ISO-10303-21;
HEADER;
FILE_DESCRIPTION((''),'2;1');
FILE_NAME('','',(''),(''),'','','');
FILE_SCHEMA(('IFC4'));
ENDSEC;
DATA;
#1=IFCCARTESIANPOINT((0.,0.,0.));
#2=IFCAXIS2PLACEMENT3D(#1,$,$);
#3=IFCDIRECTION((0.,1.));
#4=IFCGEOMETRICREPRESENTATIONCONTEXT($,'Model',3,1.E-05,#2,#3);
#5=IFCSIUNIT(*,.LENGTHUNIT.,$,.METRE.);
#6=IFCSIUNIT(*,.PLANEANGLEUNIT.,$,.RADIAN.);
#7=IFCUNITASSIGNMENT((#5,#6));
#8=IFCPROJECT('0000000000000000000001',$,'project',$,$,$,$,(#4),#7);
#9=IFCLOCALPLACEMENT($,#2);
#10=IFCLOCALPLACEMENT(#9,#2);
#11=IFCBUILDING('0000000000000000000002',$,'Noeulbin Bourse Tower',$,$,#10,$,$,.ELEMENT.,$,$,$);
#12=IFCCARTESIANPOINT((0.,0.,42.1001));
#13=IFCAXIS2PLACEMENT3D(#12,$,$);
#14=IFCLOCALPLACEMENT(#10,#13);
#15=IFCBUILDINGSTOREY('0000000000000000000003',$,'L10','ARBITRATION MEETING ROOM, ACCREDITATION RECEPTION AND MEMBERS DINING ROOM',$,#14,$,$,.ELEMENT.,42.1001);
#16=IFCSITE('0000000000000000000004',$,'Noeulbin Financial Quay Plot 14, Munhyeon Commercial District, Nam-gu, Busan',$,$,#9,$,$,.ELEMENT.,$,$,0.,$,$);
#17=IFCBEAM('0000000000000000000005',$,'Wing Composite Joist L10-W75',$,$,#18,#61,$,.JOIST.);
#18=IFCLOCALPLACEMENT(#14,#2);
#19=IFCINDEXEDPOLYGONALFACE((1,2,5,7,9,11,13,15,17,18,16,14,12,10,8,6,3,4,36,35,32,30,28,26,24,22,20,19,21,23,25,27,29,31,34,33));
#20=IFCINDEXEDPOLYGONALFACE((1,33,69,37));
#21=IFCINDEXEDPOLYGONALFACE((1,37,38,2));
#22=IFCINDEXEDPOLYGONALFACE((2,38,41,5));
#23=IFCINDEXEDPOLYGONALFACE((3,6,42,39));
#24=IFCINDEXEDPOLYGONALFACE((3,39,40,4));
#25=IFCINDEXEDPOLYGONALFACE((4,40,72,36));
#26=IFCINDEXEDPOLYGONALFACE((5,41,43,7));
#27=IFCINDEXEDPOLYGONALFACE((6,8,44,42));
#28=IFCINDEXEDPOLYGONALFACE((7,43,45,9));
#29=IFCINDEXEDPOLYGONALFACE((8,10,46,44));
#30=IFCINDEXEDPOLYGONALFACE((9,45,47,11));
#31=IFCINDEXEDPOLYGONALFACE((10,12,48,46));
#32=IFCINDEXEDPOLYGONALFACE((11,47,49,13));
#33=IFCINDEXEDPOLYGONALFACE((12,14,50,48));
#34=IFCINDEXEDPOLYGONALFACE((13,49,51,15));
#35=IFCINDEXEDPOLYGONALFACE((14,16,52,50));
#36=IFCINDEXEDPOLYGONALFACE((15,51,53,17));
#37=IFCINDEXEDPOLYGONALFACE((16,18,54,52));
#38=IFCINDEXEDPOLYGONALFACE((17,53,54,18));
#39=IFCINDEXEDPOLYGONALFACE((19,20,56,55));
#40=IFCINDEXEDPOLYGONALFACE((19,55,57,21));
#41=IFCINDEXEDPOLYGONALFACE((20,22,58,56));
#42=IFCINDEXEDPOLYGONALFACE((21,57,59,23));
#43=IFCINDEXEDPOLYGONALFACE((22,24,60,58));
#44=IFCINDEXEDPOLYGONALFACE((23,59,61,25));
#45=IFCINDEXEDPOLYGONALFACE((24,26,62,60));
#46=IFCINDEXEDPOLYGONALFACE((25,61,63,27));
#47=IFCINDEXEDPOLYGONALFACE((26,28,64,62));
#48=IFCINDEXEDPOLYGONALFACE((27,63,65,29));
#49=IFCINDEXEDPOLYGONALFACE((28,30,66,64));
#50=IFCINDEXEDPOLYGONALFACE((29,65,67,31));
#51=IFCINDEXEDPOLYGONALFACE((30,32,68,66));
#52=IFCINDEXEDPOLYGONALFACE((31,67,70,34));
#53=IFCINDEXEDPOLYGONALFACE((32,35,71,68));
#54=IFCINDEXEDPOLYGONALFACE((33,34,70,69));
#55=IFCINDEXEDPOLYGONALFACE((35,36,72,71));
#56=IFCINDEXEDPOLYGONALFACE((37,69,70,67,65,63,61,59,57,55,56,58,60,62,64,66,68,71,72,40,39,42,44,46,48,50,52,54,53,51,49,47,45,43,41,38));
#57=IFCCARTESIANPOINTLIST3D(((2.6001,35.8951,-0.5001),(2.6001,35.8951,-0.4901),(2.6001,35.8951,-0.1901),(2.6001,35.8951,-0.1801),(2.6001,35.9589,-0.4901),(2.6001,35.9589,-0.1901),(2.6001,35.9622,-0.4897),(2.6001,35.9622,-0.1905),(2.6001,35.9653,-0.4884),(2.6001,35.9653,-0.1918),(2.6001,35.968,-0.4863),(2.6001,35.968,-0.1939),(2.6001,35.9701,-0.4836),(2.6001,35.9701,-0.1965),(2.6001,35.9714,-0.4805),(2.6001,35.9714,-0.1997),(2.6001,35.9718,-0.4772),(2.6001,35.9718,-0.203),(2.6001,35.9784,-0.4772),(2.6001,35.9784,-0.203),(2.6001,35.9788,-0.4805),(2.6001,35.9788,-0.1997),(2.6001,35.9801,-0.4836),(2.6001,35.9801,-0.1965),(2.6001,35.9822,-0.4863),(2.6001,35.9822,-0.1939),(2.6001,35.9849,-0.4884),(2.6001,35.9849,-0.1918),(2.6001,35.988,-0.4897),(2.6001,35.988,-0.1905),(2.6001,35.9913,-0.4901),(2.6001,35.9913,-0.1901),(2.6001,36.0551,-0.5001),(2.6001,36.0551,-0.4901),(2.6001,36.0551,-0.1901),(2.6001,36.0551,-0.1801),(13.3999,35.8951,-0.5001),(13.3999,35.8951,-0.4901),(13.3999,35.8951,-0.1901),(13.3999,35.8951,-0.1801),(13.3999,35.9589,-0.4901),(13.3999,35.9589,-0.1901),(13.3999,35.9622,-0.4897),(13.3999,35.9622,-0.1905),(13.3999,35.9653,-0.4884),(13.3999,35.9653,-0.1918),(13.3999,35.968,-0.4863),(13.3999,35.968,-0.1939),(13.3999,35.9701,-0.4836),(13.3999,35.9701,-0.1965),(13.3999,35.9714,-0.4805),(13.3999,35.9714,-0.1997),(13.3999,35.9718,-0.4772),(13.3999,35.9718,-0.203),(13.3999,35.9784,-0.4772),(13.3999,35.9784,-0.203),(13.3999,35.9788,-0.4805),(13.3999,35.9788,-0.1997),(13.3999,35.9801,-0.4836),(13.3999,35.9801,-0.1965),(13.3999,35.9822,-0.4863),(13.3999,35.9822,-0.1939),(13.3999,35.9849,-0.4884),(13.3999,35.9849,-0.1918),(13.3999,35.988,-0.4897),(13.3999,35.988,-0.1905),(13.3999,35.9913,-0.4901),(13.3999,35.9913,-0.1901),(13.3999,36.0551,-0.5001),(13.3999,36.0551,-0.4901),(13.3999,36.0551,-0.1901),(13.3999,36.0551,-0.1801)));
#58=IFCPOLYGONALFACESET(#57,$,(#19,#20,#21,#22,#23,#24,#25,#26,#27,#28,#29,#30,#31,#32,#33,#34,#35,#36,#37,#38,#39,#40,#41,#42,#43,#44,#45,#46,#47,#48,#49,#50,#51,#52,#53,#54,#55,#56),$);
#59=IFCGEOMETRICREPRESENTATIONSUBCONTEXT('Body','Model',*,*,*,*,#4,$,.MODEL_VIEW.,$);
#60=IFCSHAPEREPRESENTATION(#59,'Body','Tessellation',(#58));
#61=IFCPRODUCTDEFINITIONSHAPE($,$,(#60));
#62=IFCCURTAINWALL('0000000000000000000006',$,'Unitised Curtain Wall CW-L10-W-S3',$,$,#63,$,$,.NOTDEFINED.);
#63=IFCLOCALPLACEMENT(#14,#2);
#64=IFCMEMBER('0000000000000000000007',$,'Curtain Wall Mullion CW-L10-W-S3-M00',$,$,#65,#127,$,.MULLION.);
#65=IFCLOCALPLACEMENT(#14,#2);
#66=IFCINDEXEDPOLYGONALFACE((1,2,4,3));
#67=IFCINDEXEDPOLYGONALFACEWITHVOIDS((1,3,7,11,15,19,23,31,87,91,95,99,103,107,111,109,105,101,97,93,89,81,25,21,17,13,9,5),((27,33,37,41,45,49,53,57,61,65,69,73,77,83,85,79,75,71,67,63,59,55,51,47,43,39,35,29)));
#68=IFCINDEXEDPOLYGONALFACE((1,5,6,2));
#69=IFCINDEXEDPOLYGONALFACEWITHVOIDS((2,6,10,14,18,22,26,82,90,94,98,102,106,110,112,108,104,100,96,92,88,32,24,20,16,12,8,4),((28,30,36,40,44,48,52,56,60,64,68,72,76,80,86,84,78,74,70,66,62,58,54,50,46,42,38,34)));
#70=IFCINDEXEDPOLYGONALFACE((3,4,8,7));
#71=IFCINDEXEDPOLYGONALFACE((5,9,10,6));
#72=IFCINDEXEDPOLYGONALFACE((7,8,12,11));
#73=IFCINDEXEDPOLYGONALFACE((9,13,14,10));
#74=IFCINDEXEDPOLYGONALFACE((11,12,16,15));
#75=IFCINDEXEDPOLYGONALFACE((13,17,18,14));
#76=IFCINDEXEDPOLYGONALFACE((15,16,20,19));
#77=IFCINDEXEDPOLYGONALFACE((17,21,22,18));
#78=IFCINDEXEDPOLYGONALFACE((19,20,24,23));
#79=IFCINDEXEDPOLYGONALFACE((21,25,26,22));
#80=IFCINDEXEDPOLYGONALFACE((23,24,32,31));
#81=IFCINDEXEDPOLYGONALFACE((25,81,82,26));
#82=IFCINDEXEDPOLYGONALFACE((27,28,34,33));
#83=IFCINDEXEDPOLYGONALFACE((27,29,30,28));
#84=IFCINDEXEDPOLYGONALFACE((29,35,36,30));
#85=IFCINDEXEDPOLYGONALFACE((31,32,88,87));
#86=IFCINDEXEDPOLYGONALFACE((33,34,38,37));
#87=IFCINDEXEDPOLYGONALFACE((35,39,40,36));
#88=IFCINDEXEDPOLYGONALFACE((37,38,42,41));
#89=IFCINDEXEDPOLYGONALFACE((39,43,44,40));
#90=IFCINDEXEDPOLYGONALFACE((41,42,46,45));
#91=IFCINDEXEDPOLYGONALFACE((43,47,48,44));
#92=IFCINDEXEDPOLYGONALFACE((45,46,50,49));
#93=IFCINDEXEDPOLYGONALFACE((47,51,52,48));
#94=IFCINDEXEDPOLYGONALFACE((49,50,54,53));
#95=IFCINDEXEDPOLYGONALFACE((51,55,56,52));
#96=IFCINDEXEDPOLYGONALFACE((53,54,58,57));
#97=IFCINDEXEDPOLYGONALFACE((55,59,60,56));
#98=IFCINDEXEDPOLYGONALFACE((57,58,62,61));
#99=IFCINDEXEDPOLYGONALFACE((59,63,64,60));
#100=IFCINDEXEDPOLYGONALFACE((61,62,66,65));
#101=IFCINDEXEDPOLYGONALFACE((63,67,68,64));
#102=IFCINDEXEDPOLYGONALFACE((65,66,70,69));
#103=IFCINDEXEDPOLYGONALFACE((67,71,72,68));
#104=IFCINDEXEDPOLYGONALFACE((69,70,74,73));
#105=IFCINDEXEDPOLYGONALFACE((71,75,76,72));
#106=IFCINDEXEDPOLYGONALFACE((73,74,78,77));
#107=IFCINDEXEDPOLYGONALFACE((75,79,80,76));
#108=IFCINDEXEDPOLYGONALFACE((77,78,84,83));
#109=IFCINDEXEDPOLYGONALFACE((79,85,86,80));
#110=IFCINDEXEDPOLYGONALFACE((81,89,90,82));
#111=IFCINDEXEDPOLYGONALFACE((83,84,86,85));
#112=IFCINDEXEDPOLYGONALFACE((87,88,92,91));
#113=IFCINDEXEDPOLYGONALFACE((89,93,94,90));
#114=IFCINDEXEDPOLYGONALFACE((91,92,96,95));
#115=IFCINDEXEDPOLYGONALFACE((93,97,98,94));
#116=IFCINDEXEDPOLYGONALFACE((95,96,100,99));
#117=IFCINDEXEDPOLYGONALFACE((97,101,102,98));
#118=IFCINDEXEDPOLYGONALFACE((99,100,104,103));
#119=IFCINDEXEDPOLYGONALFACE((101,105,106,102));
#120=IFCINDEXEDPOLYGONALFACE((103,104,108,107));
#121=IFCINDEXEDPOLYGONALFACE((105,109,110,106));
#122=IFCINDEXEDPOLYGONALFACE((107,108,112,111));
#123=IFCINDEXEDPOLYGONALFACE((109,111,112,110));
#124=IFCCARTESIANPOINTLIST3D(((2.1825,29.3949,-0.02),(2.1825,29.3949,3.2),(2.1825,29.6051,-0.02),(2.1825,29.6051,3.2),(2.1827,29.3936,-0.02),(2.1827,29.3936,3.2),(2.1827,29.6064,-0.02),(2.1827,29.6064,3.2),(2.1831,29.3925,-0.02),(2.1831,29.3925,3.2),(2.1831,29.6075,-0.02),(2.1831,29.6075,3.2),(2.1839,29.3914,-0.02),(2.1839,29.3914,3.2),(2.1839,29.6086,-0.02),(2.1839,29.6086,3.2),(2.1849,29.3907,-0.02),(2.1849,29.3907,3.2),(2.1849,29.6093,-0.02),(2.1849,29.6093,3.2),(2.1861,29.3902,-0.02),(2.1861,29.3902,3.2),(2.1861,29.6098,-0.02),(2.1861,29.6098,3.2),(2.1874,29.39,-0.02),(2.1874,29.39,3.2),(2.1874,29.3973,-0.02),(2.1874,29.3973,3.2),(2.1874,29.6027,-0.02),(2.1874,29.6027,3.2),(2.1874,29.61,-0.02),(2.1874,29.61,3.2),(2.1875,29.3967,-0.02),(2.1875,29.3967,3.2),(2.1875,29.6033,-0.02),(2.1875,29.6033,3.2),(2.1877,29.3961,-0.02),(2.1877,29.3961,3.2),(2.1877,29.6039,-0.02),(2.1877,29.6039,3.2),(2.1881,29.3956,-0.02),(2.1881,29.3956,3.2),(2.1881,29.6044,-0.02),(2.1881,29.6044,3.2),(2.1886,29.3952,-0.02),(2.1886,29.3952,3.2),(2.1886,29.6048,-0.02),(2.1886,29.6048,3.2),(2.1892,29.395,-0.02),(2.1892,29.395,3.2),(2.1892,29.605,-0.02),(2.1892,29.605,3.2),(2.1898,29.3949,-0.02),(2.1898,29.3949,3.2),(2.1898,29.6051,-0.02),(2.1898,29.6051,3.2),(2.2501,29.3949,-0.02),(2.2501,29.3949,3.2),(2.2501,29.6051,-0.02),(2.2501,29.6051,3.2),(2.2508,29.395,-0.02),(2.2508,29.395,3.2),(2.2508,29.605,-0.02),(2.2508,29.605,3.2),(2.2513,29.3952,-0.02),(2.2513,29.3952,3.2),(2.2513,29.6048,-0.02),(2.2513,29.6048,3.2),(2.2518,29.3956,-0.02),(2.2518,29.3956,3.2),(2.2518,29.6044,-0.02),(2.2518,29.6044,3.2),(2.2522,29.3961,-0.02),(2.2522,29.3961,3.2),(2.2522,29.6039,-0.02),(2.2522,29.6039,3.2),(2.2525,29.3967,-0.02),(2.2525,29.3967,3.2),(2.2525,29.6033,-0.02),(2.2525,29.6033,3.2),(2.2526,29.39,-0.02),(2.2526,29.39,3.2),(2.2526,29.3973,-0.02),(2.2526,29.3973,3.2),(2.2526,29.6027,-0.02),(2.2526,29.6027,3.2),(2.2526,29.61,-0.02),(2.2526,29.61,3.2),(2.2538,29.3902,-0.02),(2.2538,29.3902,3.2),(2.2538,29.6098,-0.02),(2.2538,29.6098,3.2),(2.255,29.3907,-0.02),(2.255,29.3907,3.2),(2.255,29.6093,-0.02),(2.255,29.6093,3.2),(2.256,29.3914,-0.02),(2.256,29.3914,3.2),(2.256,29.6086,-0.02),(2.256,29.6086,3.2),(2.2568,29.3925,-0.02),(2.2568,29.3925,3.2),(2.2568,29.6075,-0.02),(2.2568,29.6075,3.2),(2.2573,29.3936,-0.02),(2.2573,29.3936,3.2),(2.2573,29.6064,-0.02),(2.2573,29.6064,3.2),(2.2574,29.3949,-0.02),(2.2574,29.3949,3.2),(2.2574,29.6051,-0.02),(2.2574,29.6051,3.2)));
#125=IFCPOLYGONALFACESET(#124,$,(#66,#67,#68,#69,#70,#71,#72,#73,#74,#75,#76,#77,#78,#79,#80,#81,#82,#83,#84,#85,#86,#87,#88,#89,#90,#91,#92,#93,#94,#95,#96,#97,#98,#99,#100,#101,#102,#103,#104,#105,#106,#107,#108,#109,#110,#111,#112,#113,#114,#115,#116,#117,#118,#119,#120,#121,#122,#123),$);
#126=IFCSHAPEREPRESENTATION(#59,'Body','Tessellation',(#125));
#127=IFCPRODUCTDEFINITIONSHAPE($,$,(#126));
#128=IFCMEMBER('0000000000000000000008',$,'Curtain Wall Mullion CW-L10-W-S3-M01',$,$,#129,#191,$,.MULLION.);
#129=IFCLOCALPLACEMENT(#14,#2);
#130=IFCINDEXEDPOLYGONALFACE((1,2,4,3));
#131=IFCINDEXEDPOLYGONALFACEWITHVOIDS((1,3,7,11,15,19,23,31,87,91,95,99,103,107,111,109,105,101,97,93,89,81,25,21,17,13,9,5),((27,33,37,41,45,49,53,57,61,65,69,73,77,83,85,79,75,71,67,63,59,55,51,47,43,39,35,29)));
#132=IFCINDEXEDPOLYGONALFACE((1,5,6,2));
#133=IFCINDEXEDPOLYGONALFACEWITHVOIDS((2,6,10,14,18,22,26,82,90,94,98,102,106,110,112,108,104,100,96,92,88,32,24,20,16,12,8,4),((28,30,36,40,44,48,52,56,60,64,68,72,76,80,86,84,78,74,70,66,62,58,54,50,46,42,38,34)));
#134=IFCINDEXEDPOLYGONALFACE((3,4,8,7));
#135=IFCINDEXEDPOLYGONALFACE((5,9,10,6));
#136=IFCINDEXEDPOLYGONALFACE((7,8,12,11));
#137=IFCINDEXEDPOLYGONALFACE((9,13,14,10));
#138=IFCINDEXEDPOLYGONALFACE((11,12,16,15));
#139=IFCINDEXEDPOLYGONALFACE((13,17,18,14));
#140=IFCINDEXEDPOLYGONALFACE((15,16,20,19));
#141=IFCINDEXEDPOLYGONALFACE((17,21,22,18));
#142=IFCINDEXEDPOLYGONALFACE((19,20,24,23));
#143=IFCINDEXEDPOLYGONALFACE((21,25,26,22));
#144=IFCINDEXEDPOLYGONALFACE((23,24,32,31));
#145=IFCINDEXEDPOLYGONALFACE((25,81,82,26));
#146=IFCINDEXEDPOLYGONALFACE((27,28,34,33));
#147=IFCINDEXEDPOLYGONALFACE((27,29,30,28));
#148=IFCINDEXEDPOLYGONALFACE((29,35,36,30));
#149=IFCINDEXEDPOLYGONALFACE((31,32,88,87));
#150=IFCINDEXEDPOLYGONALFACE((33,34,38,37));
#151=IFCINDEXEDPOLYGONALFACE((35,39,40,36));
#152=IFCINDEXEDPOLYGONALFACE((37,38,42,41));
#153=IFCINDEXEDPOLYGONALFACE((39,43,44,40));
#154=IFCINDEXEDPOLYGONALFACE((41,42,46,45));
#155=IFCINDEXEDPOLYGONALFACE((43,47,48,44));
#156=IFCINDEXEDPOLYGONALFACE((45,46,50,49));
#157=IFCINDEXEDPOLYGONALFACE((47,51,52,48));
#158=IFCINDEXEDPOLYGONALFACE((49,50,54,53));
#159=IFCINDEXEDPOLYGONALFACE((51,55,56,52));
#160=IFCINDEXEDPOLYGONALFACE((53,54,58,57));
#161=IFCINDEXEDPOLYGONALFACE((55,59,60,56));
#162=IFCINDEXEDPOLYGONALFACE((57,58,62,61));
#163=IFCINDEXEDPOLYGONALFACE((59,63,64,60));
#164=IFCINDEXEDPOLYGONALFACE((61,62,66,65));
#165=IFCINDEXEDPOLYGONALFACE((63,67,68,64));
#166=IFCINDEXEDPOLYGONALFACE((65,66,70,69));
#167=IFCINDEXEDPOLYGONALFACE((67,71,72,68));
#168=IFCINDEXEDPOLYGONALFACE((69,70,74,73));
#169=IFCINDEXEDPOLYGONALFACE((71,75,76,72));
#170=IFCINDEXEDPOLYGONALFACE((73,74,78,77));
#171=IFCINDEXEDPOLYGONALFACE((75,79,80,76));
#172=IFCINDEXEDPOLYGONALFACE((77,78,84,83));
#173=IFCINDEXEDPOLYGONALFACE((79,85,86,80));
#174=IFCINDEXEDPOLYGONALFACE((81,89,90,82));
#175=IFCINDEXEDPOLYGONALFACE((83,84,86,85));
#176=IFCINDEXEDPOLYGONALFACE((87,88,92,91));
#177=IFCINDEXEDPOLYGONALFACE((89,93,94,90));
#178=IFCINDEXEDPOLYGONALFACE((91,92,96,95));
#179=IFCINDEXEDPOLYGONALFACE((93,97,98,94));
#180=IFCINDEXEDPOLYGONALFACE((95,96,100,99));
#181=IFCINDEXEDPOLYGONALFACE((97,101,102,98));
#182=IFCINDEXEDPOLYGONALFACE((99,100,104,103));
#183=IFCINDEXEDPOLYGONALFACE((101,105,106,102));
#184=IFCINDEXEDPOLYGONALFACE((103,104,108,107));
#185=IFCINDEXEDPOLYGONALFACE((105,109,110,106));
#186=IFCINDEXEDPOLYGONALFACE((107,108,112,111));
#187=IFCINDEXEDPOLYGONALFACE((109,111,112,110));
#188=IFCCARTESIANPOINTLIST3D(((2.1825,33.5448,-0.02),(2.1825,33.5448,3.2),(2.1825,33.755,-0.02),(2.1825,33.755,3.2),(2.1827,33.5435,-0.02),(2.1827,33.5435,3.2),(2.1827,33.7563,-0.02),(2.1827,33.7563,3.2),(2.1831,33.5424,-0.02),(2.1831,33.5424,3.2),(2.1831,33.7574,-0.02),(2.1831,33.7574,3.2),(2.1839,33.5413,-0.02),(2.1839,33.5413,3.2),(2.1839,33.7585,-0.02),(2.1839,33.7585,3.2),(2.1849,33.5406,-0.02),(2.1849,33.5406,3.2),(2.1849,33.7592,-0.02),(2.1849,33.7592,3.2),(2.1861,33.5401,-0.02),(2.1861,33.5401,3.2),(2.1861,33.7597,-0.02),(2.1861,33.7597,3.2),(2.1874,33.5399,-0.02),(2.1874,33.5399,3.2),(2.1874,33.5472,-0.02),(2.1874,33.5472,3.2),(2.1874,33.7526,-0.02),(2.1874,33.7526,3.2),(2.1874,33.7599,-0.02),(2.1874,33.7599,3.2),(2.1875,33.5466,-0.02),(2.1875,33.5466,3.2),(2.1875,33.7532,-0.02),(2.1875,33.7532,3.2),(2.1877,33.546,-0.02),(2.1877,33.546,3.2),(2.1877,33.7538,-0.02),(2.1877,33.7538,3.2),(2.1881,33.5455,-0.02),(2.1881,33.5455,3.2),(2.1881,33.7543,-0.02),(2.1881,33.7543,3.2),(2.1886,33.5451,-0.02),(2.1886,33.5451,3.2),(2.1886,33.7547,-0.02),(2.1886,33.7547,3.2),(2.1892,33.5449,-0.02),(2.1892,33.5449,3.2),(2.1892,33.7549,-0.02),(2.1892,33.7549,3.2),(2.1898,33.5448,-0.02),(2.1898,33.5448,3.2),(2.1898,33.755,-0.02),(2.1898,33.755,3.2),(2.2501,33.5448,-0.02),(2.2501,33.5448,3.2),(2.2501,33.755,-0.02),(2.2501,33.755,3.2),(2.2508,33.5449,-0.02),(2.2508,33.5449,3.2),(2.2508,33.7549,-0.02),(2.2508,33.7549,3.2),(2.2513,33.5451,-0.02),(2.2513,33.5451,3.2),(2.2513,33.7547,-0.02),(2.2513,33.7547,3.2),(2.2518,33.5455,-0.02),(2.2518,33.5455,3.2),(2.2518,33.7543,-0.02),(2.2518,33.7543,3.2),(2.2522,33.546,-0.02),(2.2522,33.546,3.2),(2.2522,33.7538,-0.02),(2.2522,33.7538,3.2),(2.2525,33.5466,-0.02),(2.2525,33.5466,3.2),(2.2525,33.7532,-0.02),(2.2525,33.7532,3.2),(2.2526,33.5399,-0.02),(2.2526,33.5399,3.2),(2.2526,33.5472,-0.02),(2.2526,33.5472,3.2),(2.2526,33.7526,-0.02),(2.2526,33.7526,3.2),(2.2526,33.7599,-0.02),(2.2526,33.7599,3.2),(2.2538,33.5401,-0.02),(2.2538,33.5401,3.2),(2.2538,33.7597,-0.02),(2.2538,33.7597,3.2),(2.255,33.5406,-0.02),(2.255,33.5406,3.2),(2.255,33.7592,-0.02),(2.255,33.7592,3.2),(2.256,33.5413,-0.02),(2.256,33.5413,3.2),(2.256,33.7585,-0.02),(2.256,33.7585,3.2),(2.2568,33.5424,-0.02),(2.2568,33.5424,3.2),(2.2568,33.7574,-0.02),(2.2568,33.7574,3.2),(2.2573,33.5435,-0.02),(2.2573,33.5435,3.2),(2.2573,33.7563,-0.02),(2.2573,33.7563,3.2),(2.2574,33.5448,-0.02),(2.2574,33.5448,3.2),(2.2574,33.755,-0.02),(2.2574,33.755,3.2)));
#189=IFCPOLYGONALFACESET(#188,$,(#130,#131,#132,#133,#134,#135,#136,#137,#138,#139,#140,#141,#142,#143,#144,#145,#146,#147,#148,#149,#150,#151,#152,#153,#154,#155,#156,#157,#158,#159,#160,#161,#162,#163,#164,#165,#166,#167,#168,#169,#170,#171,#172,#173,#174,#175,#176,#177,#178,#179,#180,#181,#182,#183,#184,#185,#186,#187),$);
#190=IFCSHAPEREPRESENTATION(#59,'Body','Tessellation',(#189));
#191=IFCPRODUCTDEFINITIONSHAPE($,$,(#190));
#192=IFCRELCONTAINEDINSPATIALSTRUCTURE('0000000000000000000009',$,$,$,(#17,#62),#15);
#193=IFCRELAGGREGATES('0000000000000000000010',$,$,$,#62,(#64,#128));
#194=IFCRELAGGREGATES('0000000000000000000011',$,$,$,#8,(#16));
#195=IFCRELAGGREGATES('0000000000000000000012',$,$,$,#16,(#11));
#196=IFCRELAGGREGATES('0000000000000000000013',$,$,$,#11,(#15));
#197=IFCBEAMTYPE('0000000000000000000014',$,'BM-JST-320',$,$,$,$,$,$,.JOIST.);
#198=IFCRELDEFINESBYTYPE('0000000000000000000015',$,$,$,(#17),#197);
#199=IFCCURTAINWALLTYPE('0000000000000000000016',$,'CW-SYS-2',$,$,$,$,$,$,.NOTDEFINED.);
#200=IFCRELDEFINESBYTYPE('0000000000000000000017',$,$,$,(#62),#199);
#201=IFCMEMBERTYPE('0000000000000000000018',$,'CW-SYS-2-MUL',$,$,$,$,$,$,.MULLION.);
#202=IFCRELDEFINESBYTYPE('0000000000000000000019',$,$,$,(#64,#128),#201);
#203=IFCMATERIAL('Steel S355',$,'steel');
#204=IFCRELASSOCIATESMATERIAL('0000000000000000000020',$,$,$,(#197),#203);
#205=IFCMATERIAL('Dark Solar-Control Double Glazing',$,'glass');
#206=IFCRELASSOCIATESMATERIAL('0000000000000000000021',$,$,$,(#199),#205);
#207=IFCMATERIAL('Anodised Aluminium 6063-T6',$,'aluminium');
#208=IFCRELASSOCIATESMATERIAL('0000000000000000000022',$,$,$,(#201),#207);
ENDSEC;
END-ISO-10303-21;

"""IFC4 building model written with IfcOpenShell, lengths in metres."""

from ifc_helpers import new_model, si_unit, direction, frame, origin, origin_2d, place, context, subcontext, project, spatial, hollow_rectangle, i_section, extrude, material, material_profile, profile_set, type_object, element, aggregate, save


model = new_model("IFC4")

# Units and contexts
model_context = context("Model", 3, precision=1e-05, world=origin(), true_north=direction((0.0, 1.0)))
body_context = subcontext(model_context, "Body", "Model", "MODEL_VIEW")
ifc_project = project(units=[si_unit("LENGTHUNIT", "METRE"), si_unit("PLANEANGLEUNIT", "RADIAN")], contexts=[model_context])

# Site, building, storey
site_placement = place(None, origin())
site = spatial("IfcSite", under=ifc_project, at=site_placement, Name="Noeulbin Financial Quay Plot 14, Munhyeon Commercial District, Nam-gu, Busan", CompositionType="ELEMENT", RefElevation=0.0)
building_placement = place(site_placement, origin())
building = spatial("IfcBuilding", under=site, at=building_placement, Name="Noeulbin Bourse Tower", CompositionType="ELEMENT")
storey_placement = place(building_placement, frame((0.0, 0.0, 42.1001)))
storey = spatial("IfcBuildingStorey", under=building, at=storey_placement, Name="L10", Description="ARBITRATION MEETING ROOM, ACCREDITATION RECEPTION AND MEMBERS DINING ROOM", CompositionType="ELEMENT", Elevation=42.1001)

# Beam
ifc_material_1 = material(Name="Steel S355", Category="steel")
ifc_material_profile_1 = material_profile(ifc_material_1, i_section(OverallWidth=0.1599, OverallDepth=0.3201, WebThickness=0.0066, FlangeThickness=0.01, FilletRadius=0.0129, at=origin_2d()), Name="H-320x160x6.5x10", Category="LoadBearing")
ifc_profile_set_1 = profile_set([ifc_material_profile_1], Name="Steel S355")
beam_type = type_object("IfcBeamType", Name="BM-JST-320", PredefinedType="JOIST", material=ifc_profile_set_1)
for number, where, z_axis, x_axis, name in (
    (1, (2.6001, 35.9751, -0.3401), (1.0, 0.0, 0.0), (0.0, 1.0, 0.0), "Wing Composite Joist L10-W75"),
):
    element("IfcBeam", number, at=place(storey_placement, frame(where, z_axis=z_axis, x_axis=x_axis)), inside=storey, type_object=beam_type, Name=name, PredefinedType="JOIST", context=body_context, shape_type="SweptSolid", body=[
        extrude(i_section(OverallWidth=0.1599, OverallDepth=0.3201, WebThickness=0.0066, FlangeThickness=0.01, FilletRadius=0.0129, at=origin_2d()), origin(), (0.0, 0.0, 1.0), 10.7998),
    ])

# Curtain wall, members
ifc_material_2 = material(Name="Dark Solar-Control Double Glazing", Category="glass")
curtain_wall_type = type_object("IfcCurtainWallType", Name="CW-SYS-2", PredefinedType="NOTDEFINED", material=ifc_material_2)
curtain_wall_placement = place(storey_placement, origin())
curtain_wall = element("IfcCurtainWall", 2, at=curtain_wall_placement, inside=storey, type_object=curtain_wall_type, Name="Unitised Curtain Wall CW-L10-W-S3", PredefinedType="NOTDEFINED")
ifc_material_3 = material(Name="Anodised Aluminium 6063-T6", Category="aluminium")
ifc_material_profile_2 = material_profile(ifc_material_3, hollow_rectangle(XDim=0.075, YDim=0.22, WallThickness=0.0049, InnerFilletRadius=0.0024, OuterFilletRadius=0.0049, at=origin_2d()), Name="ALU-MULL-75x220x5", Category="LoadBearing")
ifc_profile_set_2 = profile_set([ifc_material_profile_2], Name="Anodised Aluminium 6063-T6")
member_type_1 = type_object("IfcMemberType", Name="CW-SYS-2-MUL", PredefinedType="MULLION", material=ifc_profile_set_2)
member_1_placement = place(storey_placement, frame((2.22, 29.5, -0.02), z_axis=(0.0, 0.0, 1.0), x_axis=(1.0, 0.0, 0.0)))
member_1 = element("IfcMember", 3, at=member_1_placement, type_object=member_type_1, Name="Curtain Wall Mullion CW-L10-W-S3-M00", PredefinedType="MULLION", context=body_context, shape_type="SweptSolid", body=[
    extrude(hollow_rectangle(XDim=0.075, YDim=0.22, WallThickness=0.0049, InnerFilletRadius=0.0024, OuterFilletRadius=0.0049, at=origin_2d()), origin(), (0.0, 0.0, 1.0), 3.22),
])
member_2_placement = place(storey_placement, frame((2.22, 33.6499, -0.02), z_axis=(0.0, 0.0, 1.0), x_axis=(1.0, 0.0, 0.0)))
member_2 = element("IfcMember", 4, at=member_2_placement, type_object=member_type_1, Name="Curtain Wall Mullion CW-L10-W-S3-M01", PredefinedType="MULLION", context=body_context, shape_type="SweptSolid", body=[
    extrude(hollow_rectangle(XDim=0.075, YDim=0.22, WallThickness=0.0049, InnerFilletRadius=0.0024, OuterFilletRadius=0.0049, at=origin_2d()), origin(), (0.0, 0.0, 1.0), 3.22),
])
aggregate(curtain_wall, [member_1, member_2])

save(model, "model.ifc")
